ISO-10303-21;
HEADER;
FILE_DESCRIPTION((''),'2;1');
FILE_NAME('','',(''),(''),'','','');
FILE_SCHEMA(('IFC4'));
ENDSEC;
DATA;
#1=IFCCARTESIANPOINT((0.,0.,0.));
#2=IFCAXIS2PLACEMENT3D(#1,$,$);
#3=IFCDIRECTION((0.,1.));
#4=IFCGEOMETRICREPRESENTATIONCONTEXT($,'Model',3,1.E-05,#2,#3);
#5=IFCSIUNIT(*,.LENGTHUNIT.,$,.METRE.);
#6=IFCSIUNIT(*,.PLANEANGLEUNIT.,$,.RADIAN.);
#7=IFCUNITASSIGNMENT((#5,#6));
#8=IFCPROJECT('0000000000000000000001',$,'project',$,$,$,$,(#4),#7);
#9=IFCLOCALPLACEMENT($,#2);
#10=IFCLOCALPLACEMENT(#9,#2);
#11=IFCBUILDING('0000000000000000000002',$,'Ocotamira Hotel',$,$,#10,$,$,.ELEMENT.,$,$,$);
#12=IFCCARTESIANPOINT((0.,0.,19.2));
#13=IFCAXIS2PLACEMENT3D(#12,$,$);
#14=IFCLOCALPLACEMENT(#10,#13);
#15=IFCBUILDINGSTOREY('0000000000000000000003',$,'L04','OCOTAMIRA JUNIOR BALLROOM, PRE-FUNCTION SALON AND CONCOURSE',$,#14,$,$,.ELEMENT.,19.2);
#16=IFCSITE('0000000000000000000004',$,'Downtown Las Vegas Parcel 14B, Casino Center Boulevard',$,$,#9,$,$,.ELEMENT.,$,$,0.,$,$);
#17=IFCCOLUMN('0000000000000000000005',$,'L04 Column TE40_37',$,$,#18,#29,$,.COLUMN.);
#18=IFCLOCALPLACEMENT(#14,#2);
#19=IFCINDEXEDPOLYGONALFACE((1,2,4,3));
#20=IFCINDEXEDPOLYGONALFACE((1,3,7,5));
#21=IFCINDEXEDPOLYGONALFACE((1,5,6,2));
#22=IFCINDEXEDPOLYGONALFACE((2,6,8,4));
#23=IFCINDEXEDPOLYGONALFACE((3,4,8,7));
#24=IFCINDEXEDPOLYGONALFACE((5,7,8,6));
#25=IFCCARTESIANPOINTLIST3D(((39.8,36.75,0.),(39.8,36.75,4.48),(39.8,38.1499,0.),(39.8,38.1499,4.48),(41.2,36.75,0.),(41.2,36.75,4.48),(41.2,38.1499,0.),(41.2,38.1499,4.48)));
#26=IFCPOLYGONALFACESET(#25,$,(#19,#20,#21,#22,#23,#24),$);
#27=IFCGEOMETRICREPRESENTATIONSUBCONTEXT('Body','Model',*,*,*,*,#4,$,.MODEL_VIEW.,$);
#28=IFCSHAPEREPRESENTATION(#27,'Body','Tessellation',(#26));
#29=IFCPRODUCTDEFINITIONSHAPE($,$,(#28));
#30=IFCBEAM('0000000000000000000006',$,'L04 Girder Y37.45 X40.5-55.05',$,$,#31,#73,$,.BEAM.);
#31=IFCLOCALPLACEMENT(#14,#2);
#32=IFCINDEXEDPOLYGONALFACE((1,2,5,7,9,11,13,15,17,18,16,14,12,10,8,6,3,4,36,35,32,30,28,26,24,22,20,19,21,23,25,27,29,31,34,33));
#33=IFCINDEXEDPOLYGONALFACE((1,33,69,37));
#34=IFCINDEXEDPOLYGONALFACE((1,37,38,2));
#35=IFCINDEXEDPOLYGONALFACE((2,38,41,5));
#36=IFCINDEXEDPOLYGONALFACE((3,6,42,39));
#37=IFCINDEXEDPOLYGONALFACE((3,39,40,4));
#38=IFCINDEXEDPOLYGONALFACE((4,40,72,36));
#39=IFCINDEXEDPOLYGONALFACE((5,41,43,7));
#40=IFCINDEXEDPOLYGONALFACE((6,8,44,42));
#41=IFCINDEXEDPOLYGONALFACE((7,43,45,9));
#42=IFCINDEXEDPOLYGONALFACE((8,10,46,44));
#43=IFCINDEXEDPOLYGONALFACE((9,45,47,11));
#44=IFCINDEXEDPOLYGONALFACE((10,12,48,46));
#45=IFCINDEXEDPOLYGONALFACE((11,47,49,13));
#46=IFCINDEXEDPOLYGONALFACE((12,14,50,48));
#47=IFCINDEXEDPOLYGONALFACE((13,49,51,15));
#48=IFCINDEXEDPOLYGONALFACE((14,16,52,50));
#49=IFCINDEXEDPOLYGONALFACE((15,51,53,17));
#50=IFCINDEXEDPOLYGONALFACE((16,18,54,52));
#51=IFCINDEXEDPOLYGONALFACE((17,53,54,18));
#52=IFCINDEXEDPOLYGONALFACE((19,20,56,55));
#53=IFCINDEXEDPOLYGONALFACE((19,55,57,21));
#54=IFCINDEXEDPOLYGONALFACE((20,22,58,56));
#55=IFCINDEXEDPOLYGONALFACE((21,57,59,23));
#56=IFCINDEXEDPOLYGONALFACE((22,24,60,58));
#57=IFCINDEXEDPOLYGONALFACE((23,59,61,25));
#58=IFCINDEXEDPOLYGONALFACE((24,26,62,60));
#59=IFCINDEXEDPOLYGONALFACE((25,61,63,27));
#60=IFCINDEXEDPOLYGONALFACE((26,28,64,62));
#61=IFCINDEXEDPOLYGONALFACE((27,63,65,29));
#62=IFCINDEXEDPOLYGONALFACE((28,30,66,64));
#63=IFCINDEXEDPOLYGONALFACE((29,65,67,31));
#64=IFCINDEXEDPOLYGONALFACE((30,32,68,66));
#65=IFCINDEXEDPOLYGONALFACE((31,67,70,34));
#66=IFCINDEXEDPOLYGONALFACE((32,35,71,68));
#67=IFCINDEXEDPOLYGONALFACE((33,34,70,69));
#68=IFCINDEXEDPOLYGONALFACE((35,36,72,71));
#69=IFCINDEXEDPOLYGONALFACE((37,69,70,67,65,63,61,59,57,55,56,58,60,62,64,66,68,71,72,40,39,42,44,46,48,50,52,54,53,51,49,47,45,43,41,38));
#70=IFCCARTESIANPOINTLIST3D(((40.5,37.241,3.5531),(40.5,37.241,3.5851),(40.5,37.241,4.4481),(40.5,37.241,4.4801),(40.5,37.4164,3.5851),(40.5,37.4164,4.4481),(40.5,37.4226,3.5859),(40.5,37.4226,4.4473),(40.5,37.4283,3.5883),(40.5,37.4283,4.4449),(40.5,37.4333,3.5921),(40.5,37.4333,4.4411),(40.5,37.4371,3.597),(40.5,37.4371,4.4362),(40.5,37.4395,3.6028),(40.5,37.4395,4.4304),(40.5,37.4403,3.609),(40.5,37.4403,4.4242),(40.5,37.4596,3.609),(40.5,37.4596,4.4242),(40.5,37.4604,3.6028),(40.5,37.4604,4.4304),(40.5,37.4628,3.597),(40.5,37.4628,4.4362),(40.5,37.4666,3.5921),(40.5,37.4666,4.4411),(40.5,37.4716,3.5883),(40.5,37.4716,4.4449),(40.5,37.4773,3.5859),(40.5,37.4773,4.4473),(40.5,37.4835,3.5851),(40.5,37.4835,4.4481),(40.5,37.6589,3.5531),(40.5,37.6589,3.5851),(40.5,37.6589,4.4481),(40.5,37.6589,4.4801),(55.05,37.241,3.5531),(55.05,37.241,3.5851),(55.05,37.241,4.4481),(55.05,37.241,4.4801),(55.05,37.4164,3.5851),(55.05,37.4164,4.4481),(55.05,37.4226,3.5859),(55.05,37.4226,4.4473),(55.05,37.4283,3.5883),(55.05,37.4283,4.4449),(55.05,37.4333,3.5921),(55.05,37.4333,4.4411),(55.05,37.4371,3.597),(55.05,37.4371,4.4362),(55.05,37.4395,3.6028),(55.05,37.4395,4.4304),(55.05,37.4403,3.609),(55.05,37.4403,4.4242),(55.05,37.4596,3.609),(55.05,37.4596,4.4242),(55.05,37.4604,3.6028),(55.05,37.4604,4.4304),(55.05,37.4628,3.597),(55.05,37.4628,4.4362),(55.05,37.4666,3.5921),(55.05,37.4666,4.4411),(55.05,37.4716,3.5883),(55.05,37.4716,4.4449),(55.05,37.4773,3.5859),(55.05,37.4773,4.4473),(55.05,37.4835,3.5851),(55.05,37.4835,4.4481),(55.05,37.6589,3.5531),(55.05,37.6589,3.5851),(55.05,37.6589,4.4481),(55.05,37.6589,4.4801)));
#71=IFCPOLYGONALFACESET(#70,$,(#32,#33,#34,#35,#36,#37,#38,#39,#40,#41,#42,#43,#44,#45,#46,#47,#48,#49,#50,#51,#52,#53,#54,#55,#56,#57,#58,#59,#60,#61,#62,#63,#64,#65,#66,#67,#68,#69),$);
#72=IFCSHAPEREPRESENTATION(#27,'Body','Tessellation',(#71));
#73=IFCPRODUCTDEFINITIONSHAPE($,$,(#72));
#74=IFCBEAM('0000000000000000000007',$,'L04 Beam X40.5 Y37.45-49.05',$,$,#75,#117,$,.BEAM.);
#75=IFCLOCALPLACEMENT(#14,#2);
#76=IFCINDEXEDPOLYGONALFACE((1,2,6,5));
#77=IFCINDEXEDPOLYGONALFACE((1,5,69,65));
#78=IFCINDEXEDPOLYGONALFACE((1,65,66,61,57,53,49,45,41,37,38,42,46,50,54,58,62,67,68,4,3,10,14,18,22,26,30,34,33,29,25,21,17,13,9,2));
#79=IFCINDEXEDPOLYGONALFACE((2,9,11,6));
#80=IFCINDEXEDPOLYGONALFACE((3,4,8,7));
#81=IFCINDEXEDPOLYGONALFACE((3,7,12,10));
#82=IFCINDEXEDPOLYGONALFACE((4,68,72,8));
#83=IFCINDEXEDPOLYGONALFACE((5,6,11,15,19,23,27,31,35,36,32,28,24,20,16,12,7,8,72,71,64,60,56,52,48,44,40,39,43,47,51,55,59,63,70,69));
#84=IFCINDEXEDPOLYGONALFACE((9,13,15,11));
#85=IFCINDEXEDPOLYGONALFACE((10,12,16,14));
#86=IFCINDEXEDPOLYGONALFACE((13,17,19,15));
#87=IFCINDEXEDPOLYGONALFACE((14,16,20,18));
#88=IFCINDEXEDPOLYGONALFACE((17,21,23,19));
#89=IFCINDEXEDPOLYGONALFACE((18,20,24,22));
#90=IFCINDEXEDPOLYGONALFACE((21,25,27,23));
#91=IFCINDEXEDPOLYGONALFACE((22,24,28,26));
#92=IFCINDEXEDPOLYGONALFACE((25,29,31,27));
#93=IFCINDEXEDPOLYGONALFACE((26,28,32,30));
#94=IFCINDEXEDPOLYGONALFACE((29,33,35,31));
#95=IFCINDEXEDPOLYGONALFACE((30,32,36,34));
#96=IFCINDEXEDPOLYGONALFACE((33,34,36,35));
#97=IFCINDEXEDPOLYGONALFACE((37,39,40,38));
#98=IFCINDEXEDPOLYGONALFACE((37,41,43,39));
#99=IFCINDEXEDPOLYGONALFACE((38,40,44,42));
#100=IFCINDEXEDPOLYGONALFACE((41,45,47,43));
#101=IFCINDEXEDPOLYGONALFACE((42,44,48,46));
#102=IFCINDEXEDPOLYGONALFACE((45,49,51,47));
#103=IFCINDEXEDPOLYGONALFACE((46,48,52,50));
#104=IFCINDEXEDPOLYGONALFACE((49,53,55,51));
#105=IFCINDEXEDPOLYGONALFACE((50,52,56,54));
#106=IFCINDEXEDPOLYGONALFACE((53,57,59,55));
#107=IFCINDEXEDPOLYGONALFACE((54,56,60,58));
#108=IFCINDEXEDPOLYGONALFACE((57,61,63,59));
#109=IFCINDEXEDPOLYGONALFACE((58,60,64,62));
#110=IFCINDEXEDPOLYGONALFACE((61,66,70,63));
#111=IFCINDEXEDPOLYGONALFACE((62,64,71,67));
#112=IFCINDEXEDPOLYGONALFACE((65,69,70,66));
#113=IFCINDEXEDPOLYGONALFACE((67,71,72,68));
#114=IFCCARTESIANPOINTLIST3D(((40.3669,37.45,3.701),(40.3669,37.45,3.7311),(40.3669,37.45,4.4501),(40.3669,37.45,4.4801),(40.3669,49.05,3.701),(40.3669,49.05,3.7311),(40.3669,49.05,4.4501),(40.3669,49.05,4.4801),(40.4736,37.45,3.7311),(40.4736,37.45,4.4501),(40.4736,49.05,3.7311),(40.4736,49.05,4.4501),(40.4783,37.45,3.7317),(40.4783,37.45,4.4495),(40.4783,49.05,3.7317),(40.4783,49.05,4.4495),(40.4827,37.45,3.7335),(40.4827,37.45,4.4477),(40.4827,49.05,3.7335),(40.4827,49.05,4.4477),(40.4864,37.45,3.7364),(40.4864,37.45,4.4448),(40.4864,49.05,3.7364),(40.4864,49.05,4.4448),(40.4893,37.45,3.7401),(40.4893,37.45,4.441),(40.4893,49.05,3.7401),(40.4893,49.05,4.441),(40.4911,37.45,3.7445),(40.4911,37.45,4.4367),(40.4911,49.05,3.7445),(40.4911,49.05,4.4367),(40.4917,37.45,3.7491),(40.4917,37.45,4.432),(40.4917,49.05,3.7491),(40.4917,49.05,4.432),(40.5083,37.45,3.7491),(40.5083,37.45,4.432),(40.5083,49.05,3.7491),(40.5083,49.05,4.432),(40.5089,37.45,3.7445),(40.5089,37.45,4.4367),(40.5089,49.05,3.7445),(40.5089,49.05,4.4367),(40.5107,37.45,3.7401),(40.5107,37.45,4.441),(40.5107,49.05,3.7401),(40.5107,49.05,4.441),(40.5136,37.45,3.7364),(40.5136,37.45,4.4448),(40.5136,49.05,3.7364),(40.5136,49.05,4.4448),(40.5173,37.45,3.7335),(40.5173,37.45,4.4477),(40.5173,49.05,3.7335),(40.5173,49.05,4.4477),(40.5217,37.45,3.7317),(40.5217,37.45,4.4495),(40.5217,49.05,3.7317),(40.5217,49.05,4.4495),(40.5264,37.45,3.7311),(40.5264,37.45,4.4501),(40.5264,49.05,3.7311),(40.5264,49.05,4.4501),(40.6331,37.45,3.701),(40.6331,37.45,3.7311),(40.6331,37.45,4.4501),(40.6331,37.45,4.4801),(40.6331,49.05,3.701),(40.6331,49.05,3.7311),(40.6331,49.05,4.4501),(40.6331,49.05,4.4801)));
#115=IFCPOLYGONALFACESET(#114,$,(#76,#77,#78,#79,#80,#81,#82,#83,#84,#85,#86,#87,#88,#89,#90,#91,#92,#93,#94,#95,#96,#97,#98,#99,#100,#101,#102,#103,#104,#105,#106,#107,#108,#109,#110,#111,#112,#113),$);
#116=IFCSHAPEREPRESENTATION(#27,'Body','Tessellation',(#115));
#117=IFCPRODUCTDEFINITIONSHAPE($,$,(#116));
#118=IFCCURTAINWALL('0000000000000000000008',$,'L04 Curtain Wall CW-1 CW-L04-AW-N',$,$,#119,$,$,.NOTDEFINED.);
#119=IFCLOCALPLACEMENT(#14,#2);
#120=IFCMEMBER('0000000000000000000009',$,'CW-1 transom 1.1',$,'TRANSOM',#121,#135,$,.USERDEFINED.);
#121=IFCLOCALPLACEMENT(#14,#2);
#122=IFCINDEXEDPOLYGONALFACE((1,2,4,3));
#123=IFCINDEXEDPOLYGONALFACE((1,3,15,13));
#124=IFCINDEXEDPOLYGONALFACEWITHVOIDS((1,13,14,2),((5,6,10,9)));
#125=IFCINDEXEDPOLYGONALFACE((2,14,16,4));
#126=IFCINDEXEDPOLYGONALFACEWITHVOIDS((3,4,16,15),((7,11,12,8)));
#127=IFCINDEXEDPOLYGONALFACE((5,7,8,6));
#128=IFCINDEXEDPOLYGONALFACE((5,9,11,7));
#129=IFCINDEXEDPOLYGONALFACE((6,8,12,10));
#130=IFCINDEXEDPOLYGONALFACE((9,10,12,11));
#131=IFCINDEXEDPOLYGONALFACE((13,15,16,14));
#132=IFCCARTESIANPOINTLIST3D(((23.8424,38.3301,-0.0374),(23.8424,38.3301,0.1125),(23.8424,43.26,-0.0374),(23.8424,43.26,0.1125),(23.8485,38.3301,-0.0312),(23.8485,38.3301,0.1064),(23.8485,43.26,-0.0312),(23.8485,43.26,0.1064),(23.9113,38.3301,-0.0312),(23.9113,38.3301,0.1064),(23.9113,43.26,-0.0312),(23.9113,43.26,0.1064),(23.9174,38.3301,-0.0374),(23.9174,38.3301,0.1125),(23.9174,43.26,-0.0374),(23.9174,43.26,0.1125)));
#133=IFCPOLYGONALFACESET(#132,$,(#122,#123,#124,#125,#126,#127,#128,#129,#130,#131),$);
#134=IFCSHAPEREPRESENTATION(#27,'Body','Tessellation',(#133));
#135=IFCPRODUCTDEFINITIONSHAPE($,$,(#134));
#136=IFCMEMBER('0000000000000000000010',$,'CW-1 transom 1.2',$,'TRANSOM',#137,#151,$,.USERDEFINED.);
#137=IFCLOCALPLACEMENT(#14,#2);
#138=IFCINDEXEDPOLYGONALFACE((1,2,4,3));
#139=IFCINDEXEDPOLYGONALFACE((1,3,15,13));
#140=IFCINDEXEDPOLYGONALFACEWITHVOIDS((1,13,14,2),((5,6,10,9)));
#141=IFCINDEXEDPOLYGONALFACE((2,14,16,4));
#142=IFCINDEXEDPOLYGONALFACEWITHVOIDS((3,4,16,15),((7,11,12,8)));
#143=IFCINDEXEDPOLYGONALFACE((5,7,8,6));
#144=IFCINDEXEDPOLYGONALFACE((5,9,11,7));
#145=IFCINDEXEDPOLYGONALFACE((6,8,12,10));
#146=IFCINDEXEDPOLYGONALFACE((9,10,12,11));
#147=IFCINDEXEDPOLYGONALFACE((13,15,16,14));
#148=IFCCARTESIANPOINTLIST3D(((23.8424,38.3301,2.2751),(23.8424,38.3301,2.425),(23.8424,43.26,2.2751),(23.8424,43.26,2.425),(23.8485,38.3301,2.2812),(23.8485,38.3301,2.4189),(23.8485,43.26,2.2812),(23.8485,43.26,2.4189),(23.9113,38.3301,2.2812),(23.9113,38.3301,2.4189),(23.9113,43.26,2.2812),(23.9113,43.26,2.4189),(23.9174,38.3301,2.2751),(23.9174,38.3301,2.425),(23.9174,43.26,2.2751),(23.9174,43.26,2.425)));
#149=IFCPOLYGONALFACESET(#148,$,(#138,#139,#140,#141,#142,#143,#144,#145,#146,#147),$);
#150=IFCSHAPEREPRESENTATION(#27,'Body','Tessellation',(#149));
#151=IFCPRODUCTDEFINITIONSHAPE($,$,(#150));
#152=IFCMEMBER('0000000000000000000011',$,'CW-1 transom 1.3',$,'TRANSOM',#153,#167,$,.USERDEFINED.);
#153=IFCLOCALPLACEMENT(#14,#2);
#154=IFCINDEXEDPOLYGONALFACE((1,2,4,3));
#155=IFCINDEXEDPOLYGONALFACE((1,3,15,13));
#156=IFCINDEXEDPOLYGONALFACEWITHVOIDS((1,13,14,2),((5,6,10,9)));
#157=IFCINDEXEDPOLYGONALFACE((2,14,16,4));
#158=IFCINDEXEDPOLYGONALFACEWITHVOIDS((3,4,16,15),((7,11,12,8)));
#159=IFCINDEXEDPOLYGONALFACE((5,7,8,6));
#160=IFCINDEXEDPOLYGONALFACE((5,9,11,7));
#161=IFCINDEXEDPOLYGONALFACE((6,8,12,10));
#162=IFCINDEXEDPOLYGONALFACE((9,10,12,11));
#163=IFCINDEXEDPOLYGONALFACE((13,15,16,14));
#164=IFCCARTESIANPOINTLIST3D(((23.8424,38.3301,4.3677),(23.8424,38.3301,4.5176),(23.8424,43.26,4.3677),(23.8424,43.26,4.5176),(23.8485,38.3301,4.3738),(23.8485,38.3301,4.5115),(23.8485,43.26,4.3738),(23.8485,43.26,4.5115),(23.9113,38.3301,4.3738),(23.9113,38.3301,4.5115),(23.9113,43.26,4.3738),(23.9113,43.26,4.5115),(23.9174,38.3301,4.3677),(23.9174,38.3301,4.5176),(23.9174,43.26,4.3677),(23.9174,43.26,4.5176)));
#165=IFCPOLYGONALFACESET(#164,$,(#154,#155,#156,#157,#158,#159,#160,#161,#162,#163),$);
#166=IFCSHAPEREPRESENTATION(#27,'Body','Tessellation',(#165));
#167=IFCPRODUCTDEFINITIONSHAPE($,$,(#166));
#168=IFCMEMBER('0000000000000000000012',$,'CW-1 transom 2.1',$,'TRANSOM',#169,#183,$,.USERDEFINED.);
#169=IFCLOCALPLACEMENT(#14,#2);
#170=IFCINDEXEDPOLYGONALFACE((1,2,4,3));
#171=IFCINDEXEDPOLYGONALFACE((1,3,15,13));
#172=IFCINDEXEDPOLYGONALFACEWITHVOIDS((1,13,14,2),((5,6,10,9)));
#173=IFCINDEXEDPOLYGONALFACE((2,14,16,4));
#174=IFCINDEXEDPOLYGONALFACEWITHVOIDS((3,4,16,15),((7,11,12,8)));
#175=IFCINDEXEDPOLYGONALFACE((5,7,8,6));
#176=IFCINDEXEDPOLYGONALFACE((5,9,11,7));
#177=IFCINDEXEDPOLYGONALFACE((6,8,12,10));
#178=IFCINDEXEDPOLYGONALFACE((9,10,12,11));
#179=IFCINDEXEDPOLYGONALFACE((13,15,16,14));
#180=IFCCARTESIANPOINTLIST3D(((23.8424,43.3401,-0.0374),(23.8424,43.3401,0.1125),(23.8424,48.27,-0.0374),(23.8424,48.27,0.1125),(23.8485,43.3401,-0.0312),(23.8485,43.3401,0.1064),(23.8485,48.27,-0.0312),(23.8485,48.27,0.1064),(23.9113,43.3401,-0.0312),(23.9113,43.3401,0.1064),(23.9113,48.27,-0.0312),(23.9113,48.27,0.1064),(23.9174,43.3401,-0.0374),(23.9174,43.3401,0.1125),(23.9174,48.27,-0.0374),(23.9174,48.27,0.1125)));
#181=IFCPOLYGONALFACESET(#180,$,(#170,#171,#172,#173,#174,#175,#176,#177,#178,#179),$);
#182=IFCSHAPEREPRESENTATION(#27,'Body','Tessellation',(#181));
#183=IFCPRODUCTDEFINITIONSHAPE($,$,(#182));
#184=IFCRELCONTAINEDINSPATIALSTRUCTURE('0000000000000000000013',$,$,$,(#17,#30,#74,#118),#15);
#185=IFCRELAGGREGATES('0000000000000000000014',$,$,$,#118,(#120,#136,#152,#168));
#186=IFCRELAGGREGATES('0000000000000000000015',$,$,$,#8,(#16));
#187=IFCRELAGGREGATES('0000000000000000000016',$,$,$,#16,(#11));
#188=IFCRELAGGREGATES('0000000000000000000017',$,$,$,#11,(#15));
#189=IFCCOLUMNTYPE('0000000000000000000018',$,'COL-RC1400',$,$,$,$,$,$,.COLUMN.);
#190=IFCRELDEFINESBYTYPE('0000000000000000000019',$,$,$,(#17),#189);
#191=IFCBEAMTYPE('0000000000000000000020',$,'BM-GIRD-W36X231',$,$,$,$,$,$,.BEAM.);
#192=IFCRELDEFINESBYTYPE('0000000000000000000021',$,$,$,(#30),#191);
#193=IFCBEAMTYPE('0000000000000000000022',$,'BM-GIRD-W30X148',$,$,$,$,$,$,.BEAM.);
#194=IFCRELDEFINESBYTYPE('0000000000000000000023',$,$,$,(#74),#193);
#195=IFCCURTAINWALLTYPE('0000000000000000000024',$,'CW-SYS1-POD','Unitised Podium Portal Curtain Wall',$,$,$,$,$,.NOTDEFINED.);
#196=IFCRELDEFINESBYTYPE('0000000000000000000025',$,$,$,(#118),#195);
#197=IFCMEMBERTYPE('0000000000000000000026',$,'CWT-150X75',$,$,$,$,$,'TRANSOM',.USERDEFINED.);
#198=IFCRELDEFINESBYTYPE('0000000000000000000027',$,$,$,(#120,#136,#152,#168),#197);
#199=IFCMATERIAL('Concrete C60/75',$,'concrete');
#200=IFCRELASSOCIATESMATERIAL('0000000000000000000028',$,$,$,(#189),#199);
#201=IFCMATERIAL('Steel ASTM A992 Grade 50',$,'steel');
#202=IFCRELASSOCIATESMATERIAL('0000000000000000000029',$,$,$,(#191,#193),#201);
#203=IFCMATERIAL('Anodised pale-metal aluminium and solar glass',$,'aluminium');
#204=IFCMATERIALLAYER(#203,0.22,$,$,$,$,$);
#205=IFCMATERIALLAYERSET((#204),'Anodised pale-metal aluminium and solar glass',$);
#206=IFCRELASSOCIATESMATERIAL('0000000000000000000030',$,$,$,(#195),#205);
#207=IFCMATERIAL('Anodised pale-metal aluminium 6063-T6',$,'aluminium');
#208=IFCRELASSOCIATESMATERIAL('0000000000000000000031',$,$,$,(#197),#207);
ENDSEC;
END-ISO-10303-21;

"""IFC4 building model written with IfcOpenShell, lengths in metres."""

from ifc_helpers import new_model, si_unit, direction, frame, origin, origin_2d, place, context, subcontext, project, spatial, rectangle, hollow_rectangle, i_section, extrude, source, transform, mapped, material, layer, layer_set, material_profile, profile_set, type_object, element, aggregate, save


model = new_model("IFC4")

# Units and contexts
model_context = context("Model", 3, precision=1e-05, world=origin(), true_north=direction((0.0, 1.0)))
body_context = subcontext(model_context, "Body", "Model", "MODEL_VIEW")
ifc_project = project(units=[si_unit("LENGTHUNIT", "METRE"), si_unit("PLANEANGLEUNIT", "RADIAN")], contexts=[model_context])

# Site, building, storey
site_placement = place(None, origin())
site = spatial("IfcSite", under=ifc_project, at=site_placement, Name="Downtown Las Vegas Parcel 14B, Casino Center Boulevard", CompositionType="ELEMENT", RefElevation=0.0)
building_placement = place(site_placement, origin())
building = spatial("IfcBuilding", under=site, at=building_placement, Name="Ocotamira Hotel", CompositionType="ELEMENT")
storey_placement = place(building_placement, frame((0.0, 0.0, 19.2)))
storey = spatial("IfcBuildingStorey", under=building, at=storey_placement, Name="L04", Description="OCOTAMIRA JUNIOR BALLROOM, PRE-FUNCTION SALON AND CONCOURSE", CompositionType="ELEMENT", Elevation=19.2)

# Column
ifc_material_1 = material(Name="Concrete C60/75", Category="concrete")
ifc_material_profile_1 = material_profile(ifc_material_1, rectangle(XDim=1.3999, YDim=1.3999, at=origin_2d()), Name="RC1400X1400")
ifc_profile_set_1 = profile_set([ifc_material_profile_1], Name="Concrete C60/75")
column_type = type_object("IfcColumnType", Name="COL-RC1400", PredefinedType="COLUMN", material=ifc_profile_set_1)
shared_shape_1 = source(origin(), body_context, "Body", "SweptSolid", [
    extrude(rectangle(XDim=1.3999, YDim=1.3999, at=origin_2d()), origin(), (0.0, 0.0, 1.0), 4.48),
])
column_placement = place(storey_placement, frame((40.5, 37.45, 0.0), z_axis=(0.0, 0.0, 1.0), x_axis=(1.0, 0.0, 0.0)))
element("IfcColumn", 1, at=column_placement, inside=storey, type_object=column_type, Name="L04 Column TE40_37", PredefinedType="COLUMN", context=body_context, shape_type="MappedRepresentation", body=[
    mapped(shared_shape_1, transform((0.0, 0.0, 0.0), scale=1.0)),
])

# Beams
ifc_material_2 = material(Name="Steel ASTM A992 Grade 50", Category="steel")
ifc_material_profile_2 = material_profile(ifc_material_2, i_section(OverallWidth=0.418, OverallDepth=0.927, WebThickness=0.0193, FlangeThickness=0.032, FilletRadius=0.0239, at=origin_2d()), Name="W36X231")
ifc_profile_set_2 = profile_set([ifc_material_profile_2], Name="Steel ASTM A992 Grade 50")
beam_type_1 = type_object("IfcBeamType", Name="BM-GIRD-W36X231", PredefinedType="BEAM", material=ifc_profile_set_2)
shared_shape_2 = source(origin(), body_context, "Body", "SweptSolid", [
    extrude(i_section(OverallWidth=0.418, OverallDepth=0.927, WebThickness=0.0193, FlangeThickness=0.032, FilletRadius=0.0239, at=origin_2d()), origin(), (0.0, 0.0, 1.0), 14.55),
])
beam_1_placement = place(storey_placement, frame((40.5, 37.45, 4.0166), z_axis=(1.0, 0.0, 0.0), x_axis=(0.0, 1.0, 0.0)))
element("IfcBeam", 2, at=beam_1_placement, inside=storey, type_object=beam_type_1, Name="L04 Girder Y37.45 X40.5-55.05", PredefinedType="BEAM", context=body_context, shape_type="MappedRepresentation", body=[
    mapped(shared_shape_2, transform((0.0, 0.0, 0.0), scale=1.0)),
])
ifc_material_profile_3 = material_profile(ifc_material_2, i_section(OverallWidth=0.2661, OverallDepth=0.7791, WebThickness=0.0166, FlangeThickness=0.03, FilletRadius=0.0181, at=origin_2d()), Name="W30X148")
ifc_profile_set_3 = profile_set([ifc_material_profile_3], Name="Steel ASTM A992 Grade 50")
beam_type_2 = type_object("IfcBeamType", Name="BM-GIRD-W30X148", PredefinedType="BEAM", material=ifc_profile_set_3)
shared_shape_3 = source(origin(), body_context, "Body", "SweptSolid", [
    extrude(i_section(OverallWidth=0.2661, OverallDepth=0.7791, WebThickness=0.0166, FlangeThickness=0.03, FilletRadius=0.0181, at=origin_2d()), origin(), (0.0, 0.0, 1.0), 11.6001),
])
beam_2_placement = place(storey_placement, frame((40.5, 37.45, 4.0906), z_axis=(0.0, 1.0, 0.0), x_axis=(-1.0, 0.0, 0.0)))
element("IfcBeam", 3, at=beam_2_placement, inside=storey, type_object=beam_type_2, Name="L04 Beam X40.5 Y37.45-49.05", PredefinedType="BEAM", context=body_context, shape_type="MappedRepresentation", body=[
    mapped(shared_shape_3, transform((0.0, 0.0, 0.0), scale=1.0)),
])

# Curtain wall, members
ifc_material_3 = material(Name="Anodised pale-metal aluminium and solar glass", Category="aluminium")
ifc_layer_1 = layer(ifc_material_3, 0.22)
ifc_layer_set_1 = layer_set([ifc_layer_1], Name="Anodised pale-metal aluminium and solar glass")
curtain_wall_type = type_object("IfcCurtainWallType", Name="CW-SYS1-POD", Description="Unitised Podium Portal Curtain Wall", PredefinedType="NOTDEFINED", material=ifc_layer_set_1)
curtain_wall_1_placement = place(storey_placement, origin())
curtain_wall_1 = element("IfcCurtainWall", 4, at=curtain_wall_1_placement, inside=storey, type_object=curtain_wall_type, Name="L04 Curtain Wall CW-1 CW-L04-AW-N", PredefinedType="NOTDEFINED")
ifc_material_4 = material(Name="Anodised pale-metal aluminium 6063-T6", Category="aluminium")
ifc_material_profile_4 = material_profile(ifc_material_4, hollow_rectangle(XDim=0.075, YDim=0.1499, WallThickness=0.0061, at=origin_2d()), Name="HSS150X75X6")
ifc_profile_set_4 = profile_set([ifc_material_profile_4], Name="Anodised pale-metal aluminium 6063-T6")
member_type_1 = type_object("IfcMemberType", Name="CWT-150X75", ElementType="TRANSOM", PredefinedType="USERDEFINED", material=ifc_profile_set_4)
shared_shape_4 = source(origin(), body_context, "Body", "SweptSolid", [
    extrude(hollow_rectangle(XDim=0.075, YDim=0.1499, WallThickness=0.0061, at=origin_2d()), origin(), (0.0, 0.0, 1.0), 4.9299),
])
member_1_placement = place(storey_placement, frame((23.8799, 38.3301, 0.0376), z_axis=(0.0, 1.0, 0.0), x_axis=(-1.0, 0.0, 0.0)))
member_1 = element("IfcMember", 5, at=member_1_placement, type_object=member_type_1, Name="CW-1 transom 1.1", ObjectType="TRANSOM", PredefinedType="USERDEFINED", context=body_context, shape_type="MappedRepresentation", body=[
    mapped(shared_shape_4, transform((0.0, 0.0, 0.0), scale=1.0)),
])
member_2_placement = place(storey_placement, frame((23.8799, 38.3301, 2.3501), z_axis=(0.0, 1.0, 0.0), x_axis=(-1.0, 0.0, 0.0)))
member_2 = element("IfcMember", 6, at=member_2_placement, type_object=member_type_1, Name="CW-1 transom 1.2", ObjectType="TRANSOM", PredefinedType="USERDEFINED", context=body_context, shape_type="MappedRepresentation", body=[
    mapped(shared_shape_4, transform((0.0, 0.0, 0.0), scale=1.0)),
])
member_3_placement = place(storey_placement, frame((23.8799, 38.3301, 4.4426), z_axis=(0.0, 1.0, 0.0), x_axis=(-1.0, 0.0, 0.0)))
member_3 = element("IfcMember", 7, at=member_3_placement, type_object=member_type_1, Name="CW-1 transom 1.3", ObjectType="TRANSOM", PredefinedType="USERDEFINED", context=body_context, shape_type="MappedRepresentation", body=[
    mapped(shared_shape_4, transform((0.0, 0.0, 0.0), scale=1.0)),
])
member_4_placement = place(storey_placement, frame((23.8799, 43.3401, 0.0376), z_axis=(0.0, 1.0, 0.0), x_axis=(-1.0, 0.0, 0.0)))
member_4 = element("IfcMember", 8, at=member_4_placement, type_object=member_type_1, Name="CW-1 transom 2.1", ObjectType="TRANSOM", PredefinedType="USERDEFINED", context=body_context, shape_type="MappedRepresentation", body=[
    mapped(shared_shape_4, transform((0.0, 0.0, 0.0), scale=1.0)),
])

aggregate(curtain_wall_1, [member_1, member_2, member_3, member_4])

save(model, "model.ifc")
